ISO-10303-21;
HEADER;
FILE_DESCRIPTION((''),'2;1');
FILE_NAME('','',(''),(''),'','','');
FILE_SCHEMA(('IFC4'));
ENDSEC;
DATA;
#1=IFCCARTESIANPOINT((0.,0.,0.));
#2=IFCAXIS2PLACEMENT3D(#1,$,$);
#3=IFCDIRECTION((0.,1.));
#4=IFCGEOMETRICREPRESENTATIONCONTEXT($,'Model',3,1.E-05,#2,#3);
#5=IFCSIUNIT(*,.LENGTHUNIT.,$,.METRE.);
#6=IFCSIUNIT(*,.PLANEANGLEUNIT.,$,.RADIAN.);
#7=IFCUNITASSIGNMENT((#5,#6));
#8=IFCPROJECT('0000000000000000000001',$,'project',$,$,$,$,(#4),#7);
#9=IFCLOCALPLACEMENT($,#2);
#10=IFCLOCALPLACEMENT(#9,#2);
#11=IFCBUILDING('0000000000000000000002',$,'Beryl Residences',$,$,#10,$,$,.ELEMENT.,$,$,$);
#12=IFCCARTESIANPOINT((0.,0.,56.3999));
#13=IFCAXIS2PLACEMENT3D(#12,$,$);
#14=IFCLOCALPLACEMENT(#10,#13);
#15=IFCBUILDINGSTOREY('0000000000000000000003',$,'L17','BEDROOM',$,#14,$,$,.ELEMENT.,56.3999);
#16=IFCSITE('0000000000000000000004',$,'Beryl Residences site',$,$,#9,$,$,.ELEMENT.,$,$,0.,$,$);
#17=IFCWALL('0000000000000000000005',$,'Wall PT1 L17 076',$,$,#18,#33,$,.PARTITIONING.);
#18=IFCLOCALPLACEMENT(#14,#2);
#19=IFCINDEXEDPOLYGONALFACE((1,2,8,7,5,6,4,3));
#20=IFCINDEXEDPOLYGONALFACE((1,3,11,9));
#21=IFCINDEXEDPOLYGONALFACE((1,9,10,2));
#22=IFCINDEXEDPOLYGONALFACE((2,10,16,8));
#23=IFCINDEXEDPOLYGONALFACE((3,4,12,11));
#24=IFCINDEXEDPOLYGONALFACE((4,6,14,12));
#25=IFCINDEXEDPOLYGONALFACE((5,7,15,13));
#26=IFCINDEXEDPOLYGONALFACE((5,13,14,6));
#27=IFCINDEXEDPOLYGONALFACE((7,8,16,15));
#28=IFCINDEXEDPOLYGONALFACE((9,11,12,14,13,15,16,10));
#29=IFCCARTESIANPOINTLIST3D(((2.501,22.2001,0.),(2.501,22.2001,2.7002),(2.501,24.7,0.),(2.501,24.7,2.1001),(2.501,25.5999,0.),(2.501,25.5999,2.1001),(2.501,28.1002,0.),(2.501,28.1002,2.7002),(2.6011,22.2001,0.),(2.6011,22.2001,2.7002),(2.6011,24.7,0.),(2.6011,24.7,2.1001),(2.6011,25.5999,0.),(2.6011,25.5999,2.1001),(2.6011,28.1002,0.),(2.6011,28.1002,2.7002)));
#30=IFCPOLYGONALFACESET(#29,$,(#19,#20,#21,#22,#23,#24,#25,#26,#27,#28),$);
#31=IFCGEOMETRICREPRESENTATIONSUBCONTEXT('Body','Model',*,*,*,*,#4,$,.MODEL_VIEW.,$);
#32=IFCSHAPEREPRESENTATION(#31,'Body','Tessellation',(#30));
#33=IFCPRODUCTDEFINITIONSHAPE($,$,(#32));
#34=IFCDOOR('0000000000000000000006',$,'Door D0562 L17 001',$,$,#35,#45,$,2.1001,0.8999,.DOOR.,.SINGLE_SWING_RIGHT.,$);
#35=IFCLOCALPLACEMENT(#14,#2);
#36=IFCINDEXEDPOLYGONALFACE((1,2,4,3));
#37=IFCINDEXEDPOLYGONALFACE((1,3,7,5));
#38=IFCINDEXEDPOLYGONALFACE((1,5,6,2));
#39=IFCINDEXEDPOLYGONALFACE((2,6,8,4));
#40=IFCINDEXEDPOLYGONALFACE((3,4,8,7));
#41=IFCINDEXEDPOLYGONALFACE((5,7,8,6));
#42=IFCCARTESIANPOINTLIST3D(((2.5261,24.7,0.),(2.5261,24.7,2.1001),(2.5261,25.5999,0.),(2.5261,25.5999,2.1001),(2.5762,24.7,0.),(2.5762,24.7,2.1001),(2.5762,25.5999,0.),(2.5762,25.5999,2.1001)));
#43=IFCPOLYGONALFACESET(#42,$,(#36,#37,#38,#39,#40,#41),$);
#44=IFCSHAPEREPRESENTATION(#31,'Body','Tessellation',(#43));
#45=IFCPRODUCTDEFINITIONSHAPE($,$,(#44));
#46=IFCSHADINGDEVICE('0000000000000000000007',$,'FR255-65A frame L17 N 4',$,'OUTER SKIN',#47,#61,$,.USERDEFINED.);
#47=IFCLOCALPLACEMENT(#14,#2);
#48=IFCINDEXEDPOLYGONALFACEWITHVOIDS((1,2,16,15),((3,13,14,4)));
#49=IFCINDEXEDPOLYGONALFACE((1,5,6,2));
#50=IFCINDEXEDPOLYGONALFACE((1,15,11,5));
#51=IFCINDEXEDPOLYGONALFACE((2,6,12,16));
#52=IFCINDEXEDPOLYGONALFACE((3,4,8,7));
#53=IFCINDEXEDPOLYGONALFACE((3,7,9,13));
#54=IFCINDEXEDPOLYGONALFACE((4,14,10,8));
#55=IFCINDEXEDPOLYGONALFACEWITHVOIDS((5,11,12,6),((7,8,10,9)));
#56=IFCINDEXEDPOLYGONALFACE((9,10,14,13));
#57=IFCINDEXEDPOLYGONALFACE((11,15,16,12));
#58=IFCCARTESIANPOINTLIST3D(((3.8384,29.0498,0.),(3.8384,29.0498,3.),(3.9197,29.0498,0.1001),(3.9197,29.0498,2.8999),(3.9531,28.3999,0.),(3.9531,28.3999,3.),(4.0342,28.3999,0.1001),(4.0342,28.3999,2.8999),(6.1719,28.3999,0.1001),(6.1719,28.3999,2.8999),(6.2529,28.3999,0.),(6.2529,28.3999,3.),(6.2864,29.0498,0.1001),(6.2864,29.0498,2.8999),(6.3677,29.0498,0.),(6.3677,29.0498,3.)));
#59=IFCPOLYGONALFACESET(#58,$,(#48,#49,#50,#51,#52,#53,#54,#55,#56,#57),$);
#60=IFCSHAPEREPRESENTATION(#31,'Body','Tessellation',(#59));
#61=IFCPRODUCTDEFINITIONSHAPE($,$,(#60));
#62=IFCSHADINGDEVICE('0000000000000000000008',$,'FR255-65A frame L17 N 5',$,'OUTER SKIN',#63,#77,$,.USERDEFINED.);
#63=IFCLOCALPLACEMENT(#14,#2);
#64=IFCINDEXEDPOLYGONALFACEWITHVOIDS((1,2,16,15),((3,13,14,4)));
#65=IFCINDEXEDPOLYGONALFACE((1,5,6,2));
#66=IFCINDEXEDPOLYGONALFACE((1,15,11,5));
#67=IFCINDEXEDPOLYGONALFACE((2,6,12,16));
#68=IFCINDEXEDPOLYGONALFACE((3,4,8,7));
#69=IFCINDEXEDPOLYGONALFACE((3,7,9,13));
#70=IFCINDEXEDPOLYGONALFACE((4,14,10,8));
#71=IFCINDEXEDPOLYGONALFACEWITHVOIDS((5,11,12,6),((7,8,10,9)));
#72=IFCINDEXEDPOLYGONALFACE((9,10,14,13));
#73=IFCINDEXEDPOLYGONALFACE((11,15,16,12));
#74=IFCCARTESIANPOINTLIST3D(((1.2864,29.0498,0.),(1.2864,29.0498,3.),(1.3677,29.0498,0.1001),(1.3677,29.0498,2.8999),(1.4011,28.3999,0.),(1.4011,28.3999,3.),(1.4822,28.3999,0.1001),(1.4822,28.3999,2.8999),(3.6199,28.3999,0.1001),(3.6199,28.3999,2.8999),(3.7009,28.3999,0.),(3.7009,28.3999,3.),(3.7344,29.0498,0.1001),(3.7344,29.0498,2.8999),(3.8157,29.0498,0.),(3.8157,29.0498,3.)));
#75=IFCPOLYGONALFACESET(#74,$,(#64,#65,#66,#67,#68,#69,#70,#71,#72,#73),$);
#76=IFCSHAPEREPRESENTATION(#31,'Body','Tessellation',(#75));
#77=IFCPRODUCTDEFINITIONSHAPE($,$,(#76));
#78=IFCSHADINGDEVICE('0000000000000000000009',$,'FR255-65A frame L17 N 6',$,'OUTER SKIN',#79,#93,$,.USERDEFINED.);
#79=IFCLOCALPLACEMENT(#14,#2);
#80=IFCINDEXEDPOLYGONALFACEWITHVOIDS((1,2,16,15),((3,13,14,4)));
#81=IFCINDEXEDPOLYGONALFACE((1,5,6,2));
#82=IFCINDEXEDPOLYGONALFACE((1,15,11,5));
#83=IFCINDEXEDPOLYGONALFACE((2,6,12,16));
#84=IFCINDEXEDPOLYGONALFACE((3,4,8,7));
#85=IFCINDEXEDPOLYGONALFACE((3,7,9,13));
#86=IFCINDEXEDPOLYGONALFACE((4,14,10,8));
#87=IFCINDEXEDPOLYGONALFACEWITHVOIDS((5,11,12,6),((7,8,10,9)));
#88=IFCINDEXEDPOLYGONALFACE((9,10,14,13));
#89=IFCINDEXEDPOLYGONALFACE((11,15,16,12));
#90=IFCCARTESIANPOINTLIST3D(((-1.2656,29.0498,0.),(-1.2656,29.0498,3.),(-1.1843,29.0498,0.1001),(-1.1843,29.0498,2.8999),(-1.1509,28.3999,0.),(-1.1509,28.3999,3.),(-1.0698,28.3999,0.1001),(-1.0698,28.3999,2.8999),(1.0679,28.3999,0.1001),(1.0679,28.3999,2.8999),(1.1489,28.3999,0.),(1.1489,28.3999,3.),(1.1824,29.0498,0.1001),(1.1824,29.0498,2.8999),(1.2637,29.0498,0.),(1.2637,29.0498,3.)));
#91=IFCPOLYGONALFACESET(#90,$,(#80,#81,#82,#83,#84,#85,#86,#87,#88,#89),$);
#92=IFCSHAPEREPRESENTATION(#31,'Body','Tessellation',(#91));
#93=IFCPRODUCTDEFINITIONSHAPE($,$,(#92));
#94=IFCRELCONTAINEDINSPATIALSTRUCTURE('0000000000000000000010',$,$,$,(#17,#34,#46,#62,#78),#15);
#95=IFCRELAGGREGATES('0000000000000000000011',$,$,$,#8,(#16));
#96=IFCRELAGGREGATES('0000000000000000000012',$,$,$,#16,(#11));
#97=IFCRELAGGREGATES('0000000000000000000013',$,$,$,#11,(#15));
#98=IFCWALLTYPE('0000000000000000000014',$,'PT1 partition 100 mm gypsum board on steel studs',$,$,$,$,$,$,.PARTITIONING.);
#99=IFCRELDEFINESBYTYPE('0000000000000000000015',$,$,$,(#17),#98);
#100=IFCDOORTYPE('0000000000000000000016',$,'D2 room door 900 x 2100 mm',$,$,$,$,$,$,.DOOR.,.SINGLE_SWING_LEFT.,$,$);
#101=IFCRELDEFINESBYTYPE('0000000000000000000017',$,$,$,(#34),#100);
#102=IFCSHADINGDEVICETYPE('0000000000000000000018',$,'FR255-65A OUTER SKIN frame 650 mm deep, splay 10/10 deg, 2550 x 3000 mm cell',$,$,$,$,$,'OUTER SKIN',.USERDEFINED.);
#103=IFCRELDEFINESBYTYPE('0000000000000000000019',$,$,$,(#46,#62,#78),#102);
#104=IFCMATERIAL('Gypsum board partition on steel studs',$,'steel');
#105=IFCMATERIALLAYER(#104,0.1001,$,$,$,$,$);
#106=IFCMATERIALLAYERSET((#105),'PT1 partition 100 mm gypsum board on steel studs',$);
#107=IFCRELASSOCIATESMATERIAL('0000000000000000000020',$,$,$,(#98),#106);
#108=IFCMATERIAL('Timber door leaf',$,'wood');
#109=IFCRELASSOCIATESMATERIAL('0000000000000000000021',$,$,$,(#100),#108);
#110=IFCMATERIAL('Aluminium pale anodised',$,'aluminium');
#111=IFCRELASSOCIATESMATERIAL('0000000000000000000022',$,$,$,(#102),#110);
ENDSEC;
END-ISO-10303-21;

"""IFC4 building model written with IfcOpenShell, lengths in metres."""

from ifc_helpers import new_model, entity, si_unit, direction, frame, frame_2d, origin, place, context, subcontext, project, spatial, rectangle, extrude, source, transform, mapped, material, layer, layer_set, type_object, type_shapes, element, fill, save


model = new_model("IFC4")

# Units and contexts
model_context = context("Model", 3, precision=1e-05, world=origin(), true_north=direction((0.0, 1.0)))
body_context = subcontext(model_context, "Body", "Model", "MODEL_VIEW")
ifc_project = project(units=[si_unit("LENGTHUNIT", "METRE"), si_unit("PLANEANGLEUNIT", "RADIAN")], contexts=[model_context])

# Site, building, storey
site_placement = place(None, origin())
site = spatial("IfcSite", under=ifc_project, at=site_placement, Name="Beryl Residences site", CompositionType="ELEMENT", RefElevation=0.0)
building_placement = place(site_placement, origin())
building = spatial("IfcBuilding", under=site, at=building_placement, Name="Beryl Residences", CompositionType="ELEMENT")
storey_placement = place(building_placement, frame((0.0, 0.0, 56.3999)))
storey = spatial("IfcBuildingStorey", under=building, at=storey_placement, Name="L17", Description="BEDROOM", CompositionType="ELEMENT", Elevation=56.3999)

# Wall, opening, door
ifc_material_1 = material(Name="Gypsum board partition on steel studs", Category="steel")
ifc_layer = layer(ifc_material_1, 0.1001)
ifc_layer_set = layer_set([ifc_layer], Name="PT1 partition 100 mm gypsum board on steel studs")
wall_type = type_object("IfcWallType", Name="PT1 partition 100 mm gypsum board on steel studs", PredefinedType="PARTITIONING", material=ifc_layer_set)
ifc_material_2 = material(Name="Timber door leaf", Category="wood")
door_type_1 = type_object("IfcDoorType", Name="D2 room door 900 x 2100 mm", OperationType="SINGLE_SWING_LEFT", PredefinedType="DOOR", material=ifc_material_2)
wall_1_placement = place(storey_placement, frame((2.551, 22.2, 0.0), z_axis=(0.0, 0.0, 1.0), x_axis=(0.0, 1.0, 0.0)))
wall_1 = element("IfcWall", 1, at=wall_1_placement, inside=storey, type_object=wall_type, Name="Wall PT1 L17 076", PredefinedType="PARTITIONING", context=body_context, shape_type="SweptSolid", body=[
    extrude(rectangle(XDim=5.9001, YDim=0.1001, at=frame_2d((2.9502, 0.0))), origin(), (0.0, 0.0, 1.0), 2.7002),
])
opening_1_placement = place(wall_1_placement, frame((2.5, 0.0, 0.0)))
opening_1 = element("IfcOpeningElement", 2, at=opening_1_placement, cuts=wall_1, PredefinedType="OPENING", context=body_context, shape_type="SweptSolid", body=[
    extrude(rectangle(XDim=0.8999, YDim=2.1001, at=frame_2d((0.45, 1.05))), frame((0.0, 0.0601, 0.0), z_axis=(0.0, -1.0, 0.0), x_axis=(1.0, 0.0, 0.0)), (0.0, 0.0, 1.0), 0.1201),
])
door_1_placement = place(opening_1_placement, origin())
door_1 = element("IfcDoor", 3, at=door_1_placement, inside=storey, type_object=door_type_1, Name="Door D0562 L17 001", OperationType="SINGLE_SWING_RIGHT", OverallHeight=2.1001, OverallWidth=0.8999, PredefinedType="DOOR", context=body_context, shape_type="SweptSolid", body=[
    extrude(rectangle(XDim=0.8999, YDim=2.1001, at=frame_2d((0.45, 1.05))), frame((0.0, 0.0249, 0.0), z_axis=(0.0, -1.0, 0.0), x_axis=(1.0, 0.0, 0.0)), (0.0, 0.0, 1.0), 0.05),
])
fill(opening_1, door_1)

# Shading devices
ifc_material_3 = material(Name="Aluminium pale anodised", Category="aluminium")
shading_device_type = type_object("IfcShadingDeviceType", Name="FR255-65A OUTER SKIN frame 650 mm deep, splay 10/10 deg, 2550 x 3000 mm cell", ElementType="OUTER SKIN", PredefinedType="USERDEFINED", material=ifc_material_3)
cartesian_point_1 = entity("IfcCartesianPoint", [-1.1499, 0.0])
cartesian_point_2 = entity("IfcCartesianPoint", [-1.0688, 0.1001])
cartesian_point_3 = entity("IfcCartesianPoint", [-1.2646, 0.0])
cartesian_point_4 = entity("IfcCartesianPoint", [-1.1833, 0.1001])
shared_shape = source(origin(), body_context, "Body", "SweptSolid", [
    entity("IfcExtrudedAreaSolidTapered", entity("IfcArbitraryProfileDefWithVoids", "AREA", None, entity("IfcPolyline", [cartesian_point_1, entity("IfcCartesianPoint", [1.1499, 0.0]), entity("IfcCartesianPoint", [1.1499, 3.0]), entity("IfcCartesianPoint", [-1.1499, 3.0]), cartesian_point_1]), [entity("IfcPolyline", [cartesian_point_2, entity("IfcCartesianPoint", [1.0688, 0.1001]), entity("IfcCartesianPoint", [1.0688, 2.8999]), entity("IfcCartesianPoint", [-1.0688, 2.8999]), cartesian_point_2])]), entity("IfcAxis2Placement3D", entity("IfcCartesianPoint", [0.0, 0.0, 0.0]), entity("IfcDirection", [0.0, 1.0, 0.0]), entity("IfcDirection", [-1.0, 0.0, 0.0])), entity("IfcDirection", [0.0, 0.0, 1.0]), 0.6499, entity("IfcArbitraryProfileDefWithVoids", "AREA", None, entity("IfcPolyline", [cartesian_point_3, entity("IfcCartesianPoint", [1.2646, 0.0]), entity("IfcCartesianPoint", [1.2646, 3.0]), entity("IfcCartesianPoint", [-1.2646, 3.0]), cartesian_point_3]), [entity("IfcPolyline", [cartesian_point_4, entity("IfcCartesianPoint", [1.1833, 0.1001]), entity("IfcCartesianPoint", [1.1833, 2.8999]), entity("IfcCartesianPoint", [-1.1833, 2.8999]), cartesian_point_4])])),
])
type_shapes(shading_device_type, [shared_shape])
for number, where, z_axis, x_axis, name in (
    (4, (5.103, 28.3999, 0.0), (0.0, 0.0, 1.0), (1.0, 0.0, 0.0), "FR255-65A frame L17 N 4"),
    (5, (2.551, 28.3999, 0.0), (0.0, 0.0, 1.0), (1.0, 0.0, 0.0), "FR255-65A frame L17 N 5"),
    (6, (-0.001, 28.3999, 0.0), (0.0, 0.0, 1.0), (1.0, 0.0, 0.0), "FR255-65A frame L17 N 6"),
):
    element("IfcShadingDevice", number, at=place(storey_placement, frame(where, z_axis=z_axis, x_axis=x_axis)), inside=storey, type_object=shading_device_type, Name=name, ObjectType="OUTER SKIN", PredefinedType="USERDEFINED", context=body_context, shape_type="MappedRepresentation", body=[
        mapped(shared_shape, transform((0.0, 0.0, 0.0))),
    ])

save(model, "model.ifc")
